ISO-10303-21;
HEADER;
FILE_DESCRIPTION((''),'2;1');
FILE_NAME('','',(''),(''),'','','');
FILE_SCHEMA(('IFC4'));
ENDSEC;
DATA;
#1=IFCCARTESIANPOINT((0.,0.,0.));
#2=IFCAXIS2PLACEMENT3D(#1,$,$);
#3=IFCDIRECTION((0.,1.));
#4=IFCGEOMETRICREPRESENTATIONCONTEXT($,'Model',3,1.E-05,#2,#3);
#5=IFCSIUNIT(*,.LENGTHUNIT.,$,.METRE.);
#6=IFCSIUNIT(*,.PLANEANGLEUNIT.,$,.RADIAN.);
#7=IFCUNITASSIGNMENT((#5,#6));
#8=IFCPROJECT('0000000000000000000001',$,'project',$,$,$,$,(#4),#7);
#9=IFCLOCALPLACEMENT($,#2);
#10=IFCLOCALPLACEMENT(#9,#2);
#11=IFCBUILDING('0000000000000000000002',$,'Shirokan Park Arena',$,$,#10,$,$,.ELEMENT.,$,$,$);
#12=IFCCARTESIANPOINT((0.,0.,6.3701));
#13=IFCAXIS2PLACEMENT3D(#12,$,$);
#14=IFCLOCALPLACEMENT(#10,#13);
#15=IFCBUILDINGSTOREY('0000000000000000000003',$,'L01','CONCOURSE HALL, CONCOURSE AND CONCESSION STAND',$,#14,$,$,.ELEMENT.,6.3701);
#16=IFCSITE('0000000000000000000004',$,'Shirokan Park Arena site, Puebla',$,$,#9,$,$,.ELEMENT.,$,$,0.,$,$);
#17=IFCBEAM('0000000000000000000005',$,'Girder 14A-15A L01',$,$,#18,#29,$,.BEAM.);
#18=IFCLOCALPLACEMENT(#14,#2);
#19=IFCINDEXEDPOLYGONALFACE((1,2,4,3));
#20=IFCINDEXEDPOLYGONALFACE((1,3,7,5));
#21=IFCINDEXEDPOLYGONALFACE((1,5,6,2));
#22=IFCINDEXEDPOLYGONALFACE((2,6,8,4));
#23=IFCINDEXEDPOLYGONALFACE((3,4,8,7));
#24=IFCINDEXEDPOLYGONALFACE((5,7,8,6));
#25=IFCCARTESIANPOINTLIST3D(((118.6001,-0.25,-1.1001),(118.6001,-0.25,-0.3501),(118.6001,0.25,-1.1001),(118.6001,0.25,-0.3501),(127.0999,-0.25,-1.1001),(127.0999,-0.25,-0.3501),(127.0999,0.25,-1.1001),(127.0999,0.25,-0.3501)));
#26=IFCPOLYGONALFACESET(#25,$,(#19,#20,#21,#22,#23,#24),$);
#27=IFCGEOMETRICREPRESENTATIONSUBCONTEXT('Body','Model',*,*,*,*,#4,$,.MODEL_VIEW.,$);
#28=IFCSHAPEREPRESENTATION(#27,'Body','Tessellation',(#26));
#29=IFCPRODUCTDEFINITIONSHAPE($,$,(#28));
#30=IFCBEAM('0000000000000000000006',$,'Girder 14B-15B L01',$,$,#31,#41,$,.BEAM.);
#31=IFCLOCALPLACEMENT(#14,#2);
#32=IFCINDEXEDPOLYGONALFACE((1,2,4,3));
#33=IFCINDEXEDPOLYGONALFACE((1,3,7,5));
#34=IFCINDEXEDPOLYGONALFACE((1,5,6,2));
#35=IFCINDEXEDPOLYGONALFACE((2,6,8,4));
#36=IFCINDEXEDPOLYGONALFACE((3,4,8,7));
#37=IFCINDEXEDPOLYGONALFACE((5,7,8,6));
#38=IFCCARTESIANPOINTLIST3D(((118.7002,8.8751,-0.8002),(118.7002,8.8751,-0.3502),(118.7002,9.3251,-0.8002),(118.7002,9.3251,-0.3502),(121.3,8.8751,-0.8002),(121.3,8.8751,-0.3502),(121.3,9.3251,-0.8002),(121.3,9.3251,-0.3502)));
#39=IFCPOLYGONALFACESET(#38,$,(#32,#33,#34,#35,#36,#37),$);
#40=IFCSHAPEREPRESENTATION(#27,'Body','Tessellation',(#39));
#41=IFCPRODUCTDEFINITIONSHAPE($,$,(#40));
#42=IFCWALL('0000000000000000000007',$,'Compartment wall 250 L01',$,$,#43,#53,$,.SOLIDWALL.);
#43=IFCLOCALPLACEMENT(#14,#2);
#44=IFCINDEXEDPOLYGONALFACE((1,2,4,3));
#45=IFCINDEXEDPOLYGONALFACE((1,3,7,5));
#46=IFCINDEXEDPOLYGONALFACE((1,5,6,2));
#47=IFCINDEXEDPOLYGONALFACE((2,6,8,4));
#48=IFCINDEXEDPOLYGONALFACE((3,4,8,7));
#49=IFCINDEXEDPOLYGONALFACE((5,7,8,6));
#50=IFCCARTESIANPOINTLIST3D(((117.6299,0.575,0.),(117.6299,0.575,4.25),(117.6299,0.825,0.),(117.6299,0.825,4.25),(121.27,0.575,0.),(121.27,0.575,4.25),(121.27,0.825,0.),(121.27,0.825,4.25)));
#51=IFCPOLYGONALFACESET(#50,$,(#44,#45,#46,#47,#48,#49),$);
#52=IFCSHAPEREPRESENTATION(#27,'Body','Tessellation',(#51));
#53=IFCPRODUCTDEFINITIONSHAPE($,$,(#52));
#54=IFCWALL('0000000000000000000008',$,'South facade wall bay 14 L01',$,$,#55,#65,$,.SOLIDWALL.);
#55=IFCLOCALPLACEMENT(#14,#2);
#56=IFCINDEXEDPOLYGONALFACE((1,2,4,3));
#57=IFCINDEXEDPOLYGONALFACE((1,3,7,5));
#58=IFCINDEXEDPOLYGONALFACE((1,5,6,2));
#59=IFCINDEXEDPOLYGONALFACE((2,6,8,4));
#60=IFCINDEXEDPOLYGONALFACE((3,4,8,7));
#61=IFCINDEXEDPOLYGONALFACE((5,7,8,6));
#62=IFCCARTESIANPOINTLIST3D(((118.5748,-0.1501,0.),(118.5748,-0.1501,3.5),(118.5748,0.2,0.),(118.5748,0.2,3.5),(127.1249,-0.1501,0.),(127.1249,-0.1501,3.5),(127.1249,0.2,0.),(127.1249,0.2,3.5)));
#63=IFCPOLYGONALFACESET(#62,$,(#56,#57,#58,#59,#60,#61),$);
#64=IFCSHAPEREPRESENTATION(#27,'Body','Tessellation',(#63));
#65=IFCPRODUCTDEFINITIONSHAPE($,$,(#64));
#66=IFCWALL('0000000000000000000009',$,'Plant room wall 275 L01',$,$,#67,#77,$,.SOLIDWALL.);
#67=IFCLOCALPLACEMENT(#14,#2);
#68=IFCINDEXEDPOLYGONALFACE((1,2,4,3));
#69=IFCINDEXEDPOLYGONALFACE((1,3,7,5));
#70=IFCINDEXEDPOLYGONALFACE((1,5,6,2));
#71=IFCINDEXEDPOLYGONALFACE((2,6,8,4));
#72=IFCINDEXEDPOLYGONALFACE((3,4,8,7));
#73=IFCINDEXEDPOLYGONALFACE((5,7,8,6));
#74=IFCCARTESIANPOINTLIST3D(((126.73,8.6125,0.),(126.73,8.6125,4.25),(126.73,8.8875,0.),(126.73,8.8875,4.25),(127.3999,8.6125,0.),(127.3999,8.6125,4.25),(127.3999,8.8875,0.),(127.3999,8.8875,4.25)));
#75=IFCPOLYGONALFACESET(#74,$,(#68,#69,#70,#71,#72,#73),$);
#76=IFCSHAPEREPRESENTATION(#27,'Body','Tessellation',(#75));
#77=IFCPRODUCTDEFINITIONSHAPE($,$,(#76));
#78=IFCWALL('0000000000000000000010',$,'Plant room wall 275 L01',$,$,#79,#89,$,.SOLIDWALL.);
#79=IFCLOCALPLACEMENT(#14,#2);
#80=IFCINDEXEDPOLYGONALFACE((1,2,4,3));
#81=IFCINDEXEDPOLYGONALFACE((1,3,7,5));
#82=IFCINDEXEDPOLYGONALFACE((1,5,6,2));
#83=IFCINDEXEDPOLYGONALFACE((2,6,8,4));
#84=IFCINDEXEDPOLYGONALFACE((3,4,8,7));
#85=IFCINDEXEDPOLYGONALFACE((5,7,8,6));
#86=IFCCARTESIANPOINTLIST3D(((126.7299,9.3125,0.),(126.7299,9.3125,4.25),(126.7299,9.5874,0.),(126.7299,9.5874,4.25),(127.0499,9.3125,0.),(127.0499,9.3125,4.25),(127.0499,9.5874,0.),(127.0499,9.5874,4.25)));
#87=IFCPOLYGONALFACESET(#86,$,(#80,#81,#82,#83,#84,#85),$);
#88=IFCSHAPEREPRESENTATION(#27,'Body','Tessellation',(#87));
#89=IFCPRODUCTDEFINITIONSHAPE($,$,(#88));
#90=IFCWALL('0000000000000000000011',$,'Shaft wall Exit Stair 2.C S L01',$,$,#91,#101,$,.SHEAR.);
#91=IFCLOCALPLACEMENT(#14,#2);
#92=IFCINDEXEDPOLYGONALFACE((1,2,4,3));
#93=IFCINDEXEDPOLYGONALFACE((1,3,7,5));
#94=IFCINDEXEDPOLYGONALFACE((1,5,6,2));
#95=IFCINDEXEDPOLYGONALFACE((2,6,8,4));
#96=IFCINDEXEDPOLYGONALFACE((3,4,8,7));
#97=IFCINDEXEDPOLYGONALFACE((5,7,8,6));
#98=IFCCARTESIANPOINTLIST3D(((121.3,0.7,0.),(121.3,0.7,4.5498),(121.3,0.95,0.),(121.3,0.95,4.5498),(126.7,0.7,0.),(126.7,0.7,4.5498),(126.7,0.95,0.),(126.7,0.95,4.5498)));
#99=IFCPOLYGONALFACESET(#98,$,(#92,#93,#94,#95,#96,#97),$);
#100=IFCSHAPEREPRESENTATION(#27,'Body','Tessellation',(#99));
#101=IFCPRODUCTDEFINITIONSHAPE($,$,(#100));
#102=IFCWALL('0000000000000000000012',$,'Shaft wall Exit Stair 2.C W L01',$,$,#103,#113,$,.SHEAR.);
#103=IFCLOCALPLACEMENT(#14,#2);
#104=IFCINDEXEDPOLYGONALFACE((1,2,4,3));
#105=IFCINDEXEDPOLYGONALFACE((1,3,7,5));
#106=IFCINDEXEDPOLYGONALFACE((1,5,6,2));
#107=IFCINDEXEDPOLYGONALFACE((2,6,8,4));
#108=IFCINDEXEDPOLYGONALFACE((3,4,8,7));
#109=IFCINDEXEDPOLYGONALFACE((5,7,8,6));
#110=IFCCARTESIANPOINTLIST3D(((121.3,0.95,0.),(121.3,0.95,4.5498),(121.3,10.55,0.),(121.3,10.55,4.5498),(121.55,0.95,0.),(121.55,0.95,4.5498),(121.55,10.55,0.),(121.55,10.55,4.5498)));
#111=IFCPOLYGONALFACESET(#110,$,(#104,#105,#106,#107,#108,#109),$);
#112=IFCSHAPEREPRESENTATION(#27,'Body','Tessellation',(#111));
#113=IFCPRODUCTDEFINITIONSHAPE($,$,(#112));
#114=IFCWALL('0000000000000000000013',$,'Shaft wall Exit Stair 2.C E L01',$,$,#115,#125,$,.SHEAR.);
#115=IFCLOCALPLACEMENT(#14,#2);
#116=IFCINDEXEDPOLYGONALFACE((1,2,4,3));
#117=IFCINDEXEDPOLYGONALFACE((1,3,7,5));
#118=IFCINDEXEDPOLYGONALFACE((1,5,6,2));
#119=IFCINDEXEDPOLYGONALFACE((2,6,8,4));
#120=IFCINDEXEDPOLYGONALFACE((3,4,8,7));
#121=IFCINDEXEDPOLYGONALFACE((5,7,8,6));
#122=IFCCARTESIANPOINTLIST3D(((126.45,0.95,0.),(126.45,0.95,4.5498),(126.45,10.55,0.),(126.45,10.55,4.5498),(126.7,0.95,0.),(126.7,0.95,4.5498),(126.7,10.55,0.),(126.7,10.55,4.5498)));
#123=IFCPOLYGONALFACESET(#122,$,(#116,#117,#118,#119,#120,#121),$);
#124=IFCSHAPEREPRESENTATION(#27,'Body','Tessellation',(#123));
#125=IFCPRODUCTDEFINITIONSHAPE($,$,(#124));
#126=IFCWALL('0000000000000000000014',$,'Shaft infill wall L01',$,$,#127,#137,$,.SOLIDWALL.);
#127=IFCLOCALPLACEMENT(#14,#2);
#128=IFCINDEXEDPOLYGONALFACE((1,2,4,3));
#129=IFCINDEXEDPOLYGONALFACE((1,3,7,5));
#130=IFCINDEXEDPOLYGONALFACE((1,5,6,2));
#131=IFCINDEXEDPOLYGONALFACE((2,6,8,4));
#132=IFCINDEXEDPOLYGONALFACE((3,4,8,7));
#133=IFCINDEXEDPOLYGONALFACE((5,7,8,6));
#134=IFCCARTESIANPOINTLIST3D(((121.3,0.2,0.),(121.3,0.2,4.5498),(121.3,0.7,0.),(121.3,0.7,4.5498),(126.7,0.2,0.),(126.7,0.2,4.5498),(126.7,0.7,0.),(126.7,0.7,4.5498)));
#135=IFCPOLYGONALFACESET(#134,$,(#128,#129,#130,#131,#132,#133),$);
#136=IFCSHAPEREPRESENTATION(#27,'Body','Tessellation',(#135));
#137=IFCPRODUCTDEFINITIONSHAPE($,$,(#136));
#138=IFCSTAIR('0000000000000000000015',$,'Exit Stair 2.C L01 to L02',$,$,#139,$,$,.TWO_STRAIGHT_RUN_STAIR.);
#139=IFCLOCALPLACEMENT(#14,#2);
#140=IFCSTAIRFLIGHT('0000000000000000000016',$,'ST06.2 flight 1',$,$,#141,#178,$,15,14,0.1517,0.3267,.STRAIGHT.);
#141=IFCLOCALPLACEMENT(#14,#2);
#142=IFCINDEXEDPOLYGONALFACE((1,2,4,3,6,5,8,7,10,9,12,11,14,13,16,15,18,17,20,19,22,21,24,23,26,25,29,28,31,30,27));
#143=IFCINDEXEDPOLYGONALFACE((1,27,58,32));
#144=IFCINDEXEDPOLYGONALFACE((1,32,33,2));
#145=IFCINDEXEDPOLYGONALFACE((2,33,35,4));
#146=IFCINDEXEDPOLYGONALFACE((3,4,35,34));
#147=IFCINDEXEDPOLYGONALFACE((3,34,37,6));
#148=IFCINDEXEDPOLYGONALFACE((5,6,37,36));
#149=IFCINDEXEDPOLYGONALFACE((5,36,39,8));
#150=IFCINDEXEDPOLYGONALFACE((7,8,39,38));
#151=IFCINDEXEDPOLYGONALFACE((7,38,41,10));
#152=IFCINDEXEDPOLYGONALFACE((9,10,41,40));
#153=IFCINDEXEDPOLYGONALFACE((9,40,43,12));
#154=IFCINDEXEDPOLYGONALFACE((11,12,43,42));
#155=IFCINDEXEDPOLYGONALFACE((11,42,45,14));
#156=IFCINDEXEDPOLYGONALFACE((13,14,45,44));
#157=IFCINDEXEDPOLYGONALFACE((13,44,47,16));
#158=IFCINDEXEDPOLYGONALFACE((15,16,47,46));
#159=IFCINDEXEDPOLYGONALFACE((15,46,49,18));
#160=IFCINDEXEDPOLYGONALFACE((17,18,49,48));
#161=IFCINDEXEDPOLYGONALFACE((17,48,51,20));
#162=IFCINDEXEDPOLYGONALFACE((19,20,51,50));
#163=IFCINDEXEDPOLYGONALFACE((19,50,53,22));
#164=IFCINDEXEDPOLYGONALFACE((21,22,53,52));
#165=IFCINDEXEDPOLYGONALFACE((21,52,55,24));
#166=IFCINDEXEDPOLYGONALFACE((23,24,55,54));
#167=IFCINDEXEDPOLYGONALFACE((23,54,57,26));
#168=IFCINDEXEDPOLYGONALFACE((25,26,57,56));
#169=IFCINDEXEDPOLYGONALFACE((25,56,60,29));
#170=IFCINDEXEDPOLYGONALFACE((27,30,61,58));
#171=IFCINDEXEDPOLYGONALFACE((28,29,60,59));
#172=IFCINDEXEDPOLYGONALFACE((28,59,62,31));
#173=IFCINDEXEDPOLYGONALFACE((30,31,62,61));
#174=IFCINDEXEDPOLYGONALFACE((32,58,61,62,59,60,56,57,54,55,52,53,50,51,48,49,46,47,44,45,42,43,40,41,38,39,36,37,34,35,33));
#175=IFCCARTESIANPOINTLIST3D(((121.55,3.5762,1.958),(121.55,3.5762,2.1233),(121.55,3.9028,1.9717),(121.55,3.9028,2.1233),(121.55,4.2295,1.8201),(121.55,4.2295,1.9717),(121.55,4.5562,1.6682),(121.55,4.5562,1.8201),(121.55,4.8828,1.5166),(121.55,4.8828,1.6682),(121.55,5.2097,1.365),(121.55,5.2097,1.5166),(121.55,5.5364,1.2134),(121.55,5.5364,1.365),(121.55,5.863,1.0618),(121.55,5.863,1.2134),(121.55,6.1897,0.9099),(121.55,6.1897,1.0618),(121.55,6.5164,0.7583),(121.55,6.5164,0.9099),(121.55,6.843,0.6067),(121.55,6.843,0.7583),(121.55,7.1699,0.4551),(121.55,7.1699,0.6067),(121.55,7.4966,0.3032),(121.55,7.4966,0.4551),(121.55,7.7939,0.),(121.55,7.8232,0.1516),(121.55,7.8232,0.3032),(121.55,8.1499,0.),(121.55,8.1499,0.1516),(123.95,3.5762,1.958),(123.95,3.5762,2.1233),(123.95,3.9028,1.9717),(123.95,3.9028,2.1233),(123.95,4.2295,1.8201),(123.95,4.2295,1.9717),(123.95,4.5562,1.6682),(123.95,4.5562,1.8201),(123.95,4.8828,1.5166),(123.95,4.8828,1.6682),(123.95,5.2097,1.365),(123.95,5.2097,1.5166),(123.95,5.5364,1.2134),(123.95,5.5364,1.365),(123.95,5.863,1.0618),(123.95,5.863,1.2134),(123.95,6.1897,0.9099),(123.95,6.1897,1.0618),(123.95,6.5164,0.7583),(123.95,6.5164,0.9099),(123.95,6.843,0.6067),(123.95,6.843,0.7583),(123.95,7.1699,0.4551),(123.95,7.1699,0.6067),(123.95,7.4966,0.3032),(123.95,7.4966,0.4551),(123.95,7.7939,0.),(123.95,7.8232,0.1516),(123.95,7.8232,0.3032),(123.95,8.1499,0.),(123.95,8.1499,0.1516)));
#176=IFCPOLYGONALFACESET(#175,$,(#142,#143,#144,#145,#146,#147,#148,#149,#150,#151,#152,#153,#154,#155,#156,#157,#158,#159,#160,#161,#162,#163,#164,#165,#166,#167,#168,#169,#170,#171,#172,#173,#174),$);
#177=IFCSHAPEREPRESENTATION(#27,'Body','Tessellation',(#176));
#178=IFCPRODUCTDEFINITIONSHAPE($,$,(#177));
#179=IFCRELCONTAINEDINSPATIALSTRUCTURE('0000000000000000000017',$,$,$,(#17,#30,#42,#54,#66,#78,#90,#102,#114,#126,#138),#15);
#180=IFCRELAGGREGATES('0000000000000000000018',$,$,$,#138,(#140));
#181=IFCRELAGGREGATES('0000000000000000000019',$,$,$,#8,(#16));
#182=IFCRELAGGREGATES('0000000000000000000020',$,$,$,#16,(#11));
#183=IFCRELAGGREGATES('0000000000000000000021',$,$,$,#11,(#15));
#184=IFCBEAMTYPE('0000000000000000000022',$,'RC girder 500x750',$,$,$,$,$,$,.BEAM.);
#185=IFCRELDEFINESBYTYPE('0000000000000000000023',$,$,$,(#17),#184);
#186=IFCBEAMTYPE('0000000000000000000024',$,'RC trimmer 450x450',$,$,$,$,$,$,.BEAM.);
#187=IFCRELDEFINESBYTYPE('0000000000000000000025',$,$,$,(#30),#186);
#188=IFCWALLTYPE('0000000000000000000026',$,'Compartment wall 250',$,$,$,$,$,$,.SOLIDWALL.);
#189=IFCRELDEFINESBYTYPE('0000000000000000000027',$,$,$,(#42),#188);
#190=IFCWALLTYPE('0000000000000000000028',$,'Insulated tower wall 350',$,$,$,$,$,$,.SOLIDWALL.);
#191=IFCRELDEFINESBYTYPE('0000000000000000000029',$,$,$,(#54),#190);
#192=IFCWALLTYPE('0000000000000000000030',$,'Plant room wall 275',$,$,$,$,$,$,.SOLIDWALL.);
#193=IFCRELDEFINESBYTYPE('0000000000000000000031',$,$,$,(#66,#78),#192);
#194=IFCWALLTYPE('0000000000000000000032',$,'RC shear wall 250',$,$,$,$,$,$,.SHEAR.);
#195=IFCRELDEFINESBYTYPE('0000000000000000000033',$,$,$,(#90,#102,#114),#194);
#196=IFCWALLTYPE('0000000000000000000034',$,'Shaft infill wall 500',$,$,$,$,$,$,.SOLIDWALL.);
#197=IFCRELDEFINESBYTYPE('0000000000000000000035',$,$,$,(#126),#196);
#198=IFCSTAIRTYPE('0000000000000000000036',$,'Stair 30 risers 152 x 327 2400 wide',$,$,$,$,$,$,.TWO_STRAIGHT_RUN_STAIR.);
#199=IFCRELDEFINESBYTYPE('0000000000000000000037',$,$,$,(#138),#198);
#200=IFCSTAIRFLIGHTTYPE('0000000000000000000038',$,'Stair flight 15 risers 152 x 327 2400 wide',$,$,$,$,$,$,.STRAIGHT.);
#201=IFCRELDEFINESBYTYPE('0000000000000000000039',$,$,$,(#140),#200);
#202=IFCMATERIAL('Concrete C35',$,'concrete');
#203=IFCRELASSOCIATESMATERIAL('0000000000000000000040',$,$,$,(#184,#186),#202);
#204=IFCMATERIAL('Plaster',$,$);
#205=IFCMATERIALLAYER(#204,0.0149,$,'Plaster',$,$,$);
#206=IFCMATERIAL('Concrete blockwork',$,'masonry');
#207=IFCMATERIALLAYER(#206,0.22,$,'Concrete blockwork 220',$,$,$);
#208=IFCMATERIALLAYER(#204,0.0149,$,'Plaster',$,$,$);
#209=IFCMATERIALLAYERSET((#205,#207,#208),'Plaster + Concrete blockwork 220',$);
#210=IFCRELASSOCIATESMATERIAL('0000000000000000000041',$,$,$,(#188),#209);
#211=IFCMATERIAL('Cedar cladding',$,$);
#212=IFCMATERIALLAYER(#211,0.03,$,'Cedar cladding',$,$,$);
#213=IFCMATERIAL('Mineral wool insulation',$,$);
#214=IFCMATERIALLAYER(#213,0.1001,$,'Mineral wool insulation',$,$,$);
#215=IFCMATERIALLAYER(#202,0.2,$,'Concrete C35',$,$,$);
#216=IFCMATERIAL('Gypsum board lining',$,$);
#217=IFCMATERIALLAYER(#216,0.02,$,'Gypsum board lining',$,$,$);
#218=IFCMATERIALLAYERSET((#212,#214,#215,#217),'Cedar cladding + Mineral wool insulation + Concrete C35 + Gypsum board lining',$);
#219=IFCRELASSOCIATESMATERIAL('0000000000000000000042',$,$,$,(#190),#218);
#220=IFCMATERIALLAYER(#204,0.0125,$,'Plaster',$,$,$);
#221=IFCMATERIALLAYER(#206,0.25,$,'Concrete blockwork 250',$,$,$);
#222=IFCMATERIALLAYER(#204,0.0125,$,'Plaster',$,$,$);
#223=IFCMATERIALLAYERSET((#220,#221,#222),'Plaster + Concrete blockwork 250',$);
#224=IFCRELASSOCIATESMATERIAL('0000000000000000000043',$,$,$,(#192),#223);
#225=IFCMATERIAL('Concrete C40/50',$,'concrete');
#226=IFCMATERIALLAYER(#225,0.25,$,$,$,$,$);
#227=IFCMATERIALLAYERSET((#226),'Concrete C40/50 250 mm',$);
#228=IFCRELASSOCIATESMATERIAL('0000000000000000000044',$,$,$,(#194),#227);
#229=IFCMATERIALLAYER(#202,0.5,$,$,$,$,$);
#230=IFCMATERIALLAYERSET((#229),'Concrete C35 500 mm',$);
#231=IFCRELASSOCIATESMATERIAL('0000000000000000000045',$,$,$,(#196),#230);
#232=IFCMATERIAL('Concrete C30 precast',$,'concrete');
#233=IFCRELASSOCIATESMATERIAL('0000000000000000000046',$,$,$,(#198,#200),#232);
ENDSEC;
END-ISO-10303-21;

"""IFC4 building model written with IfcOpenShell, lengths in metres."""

from ifc_helpers import new_model, si_unit, direction, frame, frame_2d, origin, origin_2d, place, context, subcontext, project, spatial, polyline, rectangle, outline, extrude, material, layer, layer_set, material_profile, profile_set, type_object, element, aggregate, save


model = new_model("IFC4")

# Units and contexts
model_context = context("Model", 3, precision=1e-05, world=origin(), true_north=direction((0.0, 1.0)))
body_context = subcontext(model_context, "Body", "Model", "MODEL_VIEW")
ifc_project = project(units=[si_unit("LENGTHUNIT", "METRE"), si_unit("PLANEANGLEUNIT", "RADIAN")], contexts=[model_context])

# Site, building, storey
site_placement = place(None, origin())
site = spatial("IfcSite", under=ifc_project, at=site_placement, Name="Shirokan Park Arena site, Puebla", CompositionType="ELEMENT", RefElevation=0.0)
building_placement = place(site_placement, origin())
building = spatial("IfcBuilding", under=site, at=building_placement, Name="Shirokan Park Arena", CompositionType="ELEMENT")
storey_placement = place(building_placement, frame((0.0, 0.0, 6.3701)))
storey = spatial("IfcBuildingStorey", under=building, at=storey_placement, Name="L01", Description="CONCOURSE HALL, CONCOURSE AND CONCESSION STAND", CompositionType="ELEMENT", Elevation=6.3701)

# Beams
ifc_material_1 = material(Name="Concrete C35", Category="concrete")
ifc_material_profile_1 = material_profile(ifc_material_1, rectangle(XDim=0.5, YDim=0.75, at=origin_2d()), Name="500x750")
ifc_profile_set_1 = profile_set([ifc_material_profile_1], Name="Concrete C35")
beam_type_1 = type_object("IfcBeamType", Name="RC girder 500x750", PredefinedType="BEAM", material=ifc_profile_set_1)
beam_1_placement = place(storey_placement, frame((118.6001, 0.0, -0.7251), z_axis=(1.0, 0.0, 0.0), x_axis=(0.0, 1.0, 0.0)))
element("IfcBeam", 1, at=beam_1_placement, inside=storey, type_object=beam_type_1, Name="Girder 14A-15A L01", PredefinedType="BEAM", context=body_context, shape_type="SweptSolid", body=[
    extrude(rectangle(XDim=0.5, YDim=0.75, at=origin_2d()), origin(), (0.0, 0.0, 1.0), 8.4998),
])
ifc_material_profile_2 = material_profile(ifc_material_1, rectangle(XDim=0.45, YDim=0.45, at=origin_2d()), Name="450x450")
ifc_profile_set_2 = profile_set([ifc_material_profile_2], Name="Concrete C35")
beam_type_2 = type_object("IfcBeamType", Name="RC trimmer 450x450", PredefinedType="BEAM", material=ifc_profile_set_2)
beam_2_placement = place(storey_placement, frame((118.7002, 9.1001, -0.5752), z_axis=(1.0, 0.0, 0.0), x_axis=(0.0, 1.0, 0.0)))
element("IfcBeam", 2, at=beam_2_placement, inside=storey, type_object=beam_type_2, Name="Girder 14B-15B L01", PredefinedType="BEAM", context=body_context, shape_type="SweptSolid", body=[
    extrude(rectangle(XDim=0.45, YDim=0.45, at=origin_2d()), origin(), (0.0, 0.0, 1.0), 2.5999),
])

# Walls
ifc_material_2 = material(Name="Plaster")
ifc_layer_1 = layer(ifc_material_2, 0.0149, Name="Plaster")
ifc_material_3 = material(Name="Concrete blockwork", Category="masonry")
ifc_layer_2 = layer(ifc_material_3, 0.22, Name="Concrete blockwork 220")
ifc_layer_3 = layer(ifc_material_2, 0.0149, Name="Plaster")
ifc_layer_set_1 = layer_set([ifc_layer_1, ifc_layer_2, ifc_layer_3], Name="Plaster + Concrete blockwork 220")
wall_type_1 = type_object("IfcWallType", Name="Compartment wall 250", PredefinedType="SOLIDWALL", material=ifc_layer_set_1)
wall_1_placement = place(storey_placement, frame((121.27, 0.7, 0.0), z_axis=(0.0, 0.0, 1.0), x_axis=(-1.0, 0.0, 0.0)))
element("IfcWall", 3, at=wall_1_placement, inside=storey, type_object=wall_type_1, Name="Compartment wall 250 L01", PredefinedType="SOLIDWALL", context=body_context, shape_type="SweptSolid", body=[
    extrude(rectangle(XDim=3.6401, YDim=0.25, at=frame_2d((1.8201, 0.0))), origin(), (0.0, 0.0, 1.0), 4.25),
])
ifc_material_4 = material(Name="Cedar cladding")
ifc_layer_4 = layer(ifc_material_4, 0.03, Name="Cedar cladding")
ifc_material_5 = material(Name="Mineral wool insulation")
ifc_layer_5 = layer(ifc_material_5, 0.1001, Name="Mineral wool insulation")
ifc_layer_6 = layer(ifc_material_1, 0.2, Name="Concrete C35")
ifc_material_6 = material(Name="Gypsum board lining")
ifc_layer_7 = layer(ifc_material_6, 0.02, Name="Gypsum board lining")
ifc_layer_set_2 = layer_set([ifc_layer_4, ifc_layer_5, ifc_layer_6, ifc_layer_7], Name="Cedar cladding + Mineral wool insulation + Concrete C35 + Gypsum board lining")
wall_type_2 = type_object("IfcWallType", Name="Insulated tower wall 350", PredefinedType="SOLIDWALL", material=ifc_layer_set_2)
wall_2_placement = place(storey_placement, frame((118.575, 0.0249, 0.0), z_axis=(0.0, 0.0, 1.0), x_axis=(1.0, 0.0, 0.0)))
element("IfcWall", 4, at=wall_2_placement, inside=storey, type_object=wall_type_2, Name="South facade wall bay 14 L01", PredefinedType="SOLIDWALL", context=body_context, shape_type="SweptSolid", body=[
    extrude(rectangle(XDim=8.55, YDim=0.3501, at=frame_2d((4.2749, 0.0))), origin(), (0.0, 0.0, 1.0), 3.5),
])
ifc_layer_8 = layer(ifc_material_2, 0.0125, Name="Plaster")
ifc_layer_9 = layer(ifc_material_3, 0.25, Name="Concrete blockwork 250")
ifc_layer_10 = layer(ifc_material_2, 0.0125, Name="Plaster")
ifc_layer_set_3 = layer_set([ifc_layer_8, ifc_layer_9, ifc_layer_10], Name="Plaster + Concrete blockwork 250")
wall_type_3 = type_object("IfcWallType", Name="Plant room wall 275", PredefinedType="SOLIDWALL", material=ifc_layer_set_3)
wall_3_placement = place(storey_placement, frame((126.73, 8.75, 0.0), z_axis=(0.0, 0.0, 1.0), x_axis=(1.0, 0.0, 0.0)))
element("IfcWall", 5, at=wall_3_placement, inside=storey, type_object=wall_type_3, Name="Plant room wall 275 L01", PredefinedType="SOLIDWALL", context=body_context, shape_type="SweptSolid", body=[
    extrude(rectangle(XDim=0.6699, YDim=0.2749, at=frame_2d((0.335, 0.0))), origin(), (0.0, 0.0, 1.0), 4.25),
])
wall_4_placement = place(storey_placement, frame((127.05, 9.45, 0.0), z_axis=(0.0, 0.0, 1.0), x_axis=(-1.0, 0.0, 0.0)))
element("IfcWall", 6, at=wall_4_placement, inside=storey, type_object=wall_type_3, Name="Plant room wall 275 L01", PredefinedType="SOLIDWALL", context=body_context, shape_type="SweptSolid", body=[
    extrude(rectangle(XDim=0.3201, YDim=0.2749, at=frame_2d((0.1602, 0.0))), origin(), (0.0, 0.0, 1.0), 4.25),
])
ifc_material_7 = material(Name="Concrete C40/50", Category="concrete")
ifc_layer_11 = layer(ifc_material_7, 0.25)
ifc_layer_set_4 = layer_set([ifc_layer_11], Name="Concrete C40/50 250 mm")
wall_type_4 = type_object("IfcWallType", Name="RC shear wall 250", PredefinedType="SHEAR", material=ifc_layer_set_4)
wall_5_placement = place(storey_placement, frame((126.7, 0.825, 0.0), z_axis=(0.0, 0.0, 1.0), x_axis=(-1.0, 0.0, 0.0)))
element("IfcWall", 7, at=wall_5_placement, inside=storey, type_object=wall_type_4, Name="Shaft wall Exit Stair 2.C S L01", PredefinedType="SHEAR", context=body_context, shape_type="SweptSolid", body=[
    extrude(rectangle(XDim=5.3999, YDim=0.25, at=frame_2d((2.7, 0.0))), origin(), (0.0, 0.0, 1.0), 4.5498),
])
for number, where, z_axis, x_axis, name in (
    (8, (121.425, 10.55, 0.0), (0.0, 0.0, 1.0), (0.0, -1.0, 0.0), "Shaft wall Exit Stair 2.C W L01"),
    (9, (126.575, 10.55, 0.0), (0.0, 0.0, 1.0), (0.0, -1.0, 0.0), "Shaft wall Exit Stair 2.C E L01"),
):
    element("IfcWall", number, at=place(storey_placement, frame(where, z_axis=z_axis, x_axis=x_axis)), inside=storey, type_object=wall_type_4, Name=name, PredefinedType="SHEAR", context=body_context, shape_type="SweptSolid", body=[
        extrude(rectangle(XDim=9.6001, YDim=0.25, at=frame_2d((4.8, 0.0))), origin(), (0.0, 0.0, 1.0), 4.5498),
    ])
ifc_layer_12 = layer(ifc_material_1, 0.5)
ifc_layer_set_5 = layer_set([ifc_layer_12], Name="Concrete C35 500 mm")
wall_type_5 = type_object("IfcWallType", Name="Shaft infill wall 500", PredefinedType="SOLIDWALL", material=ifc_layer_set_5)
wall_6_placement = place(storey_placement, frame((121.3, 0.45, 0.0), z_axis=(0.0, 0.0, 1.0), x_axis=(1.0, 0.0, 0.0)))
element("IfcWall", 10, at=wall_6_placement, inside=storey, type_object=wall_type_5, Name="Shaft infill wall L01", PredefinedType="SOLIDWALL", context=body_context, shape_type="SweptSolid", body=[
    extrude(rectangle(XDim=5.3999, YDim=0.5, at=frame_2d((2.7, 0.0))), origin(), (0.0, 0.0, 1.0), 4.5498),
])

# Stair, stair flight
ifc_material_8 = material(Name="Concrete C30 precast", Category="concrete")
stair_type = type_object("IfcStairType", Name="Stair 30 risers 152 x 327 2400 wide", PredefinedType="TWO_STRAIGHT_RUN_STAIR", material=ifc_material_8)
stair_placement = place(storey_placement, origin())
stair = element("IfcStair", 11, at=stair_placement, inside=storey, type_object=stair_type, Name="Exit Stair 2.C L01 to L02", PredefinedType="TWO_STRAIGHT_RUN_STAIR")
stair_flight_type = type_object("IfcStairFlightType", Name="Stair flight 15 risers 152 x 327 2400 wide", PredefinedType="STRAIGHT", material=ifc_material_8)
stair_flight_1_placement = place(storey_placement, frame((122.75, 8.1499, 0.0), z_axis=(0.0, 0.0, 1.0), x_axis=(0.0, -1.0, 0.0)))
stair_flight_1 = element("IfcStairFlight", 12, at=stair_flight_1_placement, type_object=stair_flight_type, Name="ST06.2 flight 1", NumberOfRisers=15, NumberOfTreads=14, PredefinedType="STRAIGHT", RiserHeight=0.1517, TreadLength=0.3267, context=body_context, shape_type="SweptSolid", body=[
    extrude(outline(polyline([(0.0, 0.0), (0.0, 0.1516), (0.3267, 0.1516), (0.3267, 0.3032), (0.6533, 0.3032), (0.6533, 0.4551), (0.98, 0.4551), (0.98, 0.6067), (1.3069, 0.6067), (1.3069, 0.7583), (1.6335, 0.7583), (1.6335, 0.9099), (1.9602, 0.9099), (1.9602, 1.0618), (2.2869, 1.0618), (2.2869, 1.2134), (2.6135, 1.2134), (2.6135, 1.365), (2.9402, 1.365), (2.9402, 1.5166), (3.2671, 1.5166), (3.2671, 1.6682), (3.5938, 1.6682), (3.5938, 1.8201), (3.9204, 1.8201), (3.9204, 1.9717), (4.2471, 1.9717), (4.2471, 2.1233), (4.5737, 2.1233), (4.5737, 2.2749), (4.5737, 1.958), (0.356, 0.0), (0.0, 0.0)])), frame((0.0, 1.2, 0.0), z_axis=(0.0, -1.0, 0.0), x_axis=(1.0, 0.0, 0.0)), (0.0, 0.0, 1.0), 2.3999),
])
aggregate(stair, [stair_flight_1])

save(model, "model.ifc")
